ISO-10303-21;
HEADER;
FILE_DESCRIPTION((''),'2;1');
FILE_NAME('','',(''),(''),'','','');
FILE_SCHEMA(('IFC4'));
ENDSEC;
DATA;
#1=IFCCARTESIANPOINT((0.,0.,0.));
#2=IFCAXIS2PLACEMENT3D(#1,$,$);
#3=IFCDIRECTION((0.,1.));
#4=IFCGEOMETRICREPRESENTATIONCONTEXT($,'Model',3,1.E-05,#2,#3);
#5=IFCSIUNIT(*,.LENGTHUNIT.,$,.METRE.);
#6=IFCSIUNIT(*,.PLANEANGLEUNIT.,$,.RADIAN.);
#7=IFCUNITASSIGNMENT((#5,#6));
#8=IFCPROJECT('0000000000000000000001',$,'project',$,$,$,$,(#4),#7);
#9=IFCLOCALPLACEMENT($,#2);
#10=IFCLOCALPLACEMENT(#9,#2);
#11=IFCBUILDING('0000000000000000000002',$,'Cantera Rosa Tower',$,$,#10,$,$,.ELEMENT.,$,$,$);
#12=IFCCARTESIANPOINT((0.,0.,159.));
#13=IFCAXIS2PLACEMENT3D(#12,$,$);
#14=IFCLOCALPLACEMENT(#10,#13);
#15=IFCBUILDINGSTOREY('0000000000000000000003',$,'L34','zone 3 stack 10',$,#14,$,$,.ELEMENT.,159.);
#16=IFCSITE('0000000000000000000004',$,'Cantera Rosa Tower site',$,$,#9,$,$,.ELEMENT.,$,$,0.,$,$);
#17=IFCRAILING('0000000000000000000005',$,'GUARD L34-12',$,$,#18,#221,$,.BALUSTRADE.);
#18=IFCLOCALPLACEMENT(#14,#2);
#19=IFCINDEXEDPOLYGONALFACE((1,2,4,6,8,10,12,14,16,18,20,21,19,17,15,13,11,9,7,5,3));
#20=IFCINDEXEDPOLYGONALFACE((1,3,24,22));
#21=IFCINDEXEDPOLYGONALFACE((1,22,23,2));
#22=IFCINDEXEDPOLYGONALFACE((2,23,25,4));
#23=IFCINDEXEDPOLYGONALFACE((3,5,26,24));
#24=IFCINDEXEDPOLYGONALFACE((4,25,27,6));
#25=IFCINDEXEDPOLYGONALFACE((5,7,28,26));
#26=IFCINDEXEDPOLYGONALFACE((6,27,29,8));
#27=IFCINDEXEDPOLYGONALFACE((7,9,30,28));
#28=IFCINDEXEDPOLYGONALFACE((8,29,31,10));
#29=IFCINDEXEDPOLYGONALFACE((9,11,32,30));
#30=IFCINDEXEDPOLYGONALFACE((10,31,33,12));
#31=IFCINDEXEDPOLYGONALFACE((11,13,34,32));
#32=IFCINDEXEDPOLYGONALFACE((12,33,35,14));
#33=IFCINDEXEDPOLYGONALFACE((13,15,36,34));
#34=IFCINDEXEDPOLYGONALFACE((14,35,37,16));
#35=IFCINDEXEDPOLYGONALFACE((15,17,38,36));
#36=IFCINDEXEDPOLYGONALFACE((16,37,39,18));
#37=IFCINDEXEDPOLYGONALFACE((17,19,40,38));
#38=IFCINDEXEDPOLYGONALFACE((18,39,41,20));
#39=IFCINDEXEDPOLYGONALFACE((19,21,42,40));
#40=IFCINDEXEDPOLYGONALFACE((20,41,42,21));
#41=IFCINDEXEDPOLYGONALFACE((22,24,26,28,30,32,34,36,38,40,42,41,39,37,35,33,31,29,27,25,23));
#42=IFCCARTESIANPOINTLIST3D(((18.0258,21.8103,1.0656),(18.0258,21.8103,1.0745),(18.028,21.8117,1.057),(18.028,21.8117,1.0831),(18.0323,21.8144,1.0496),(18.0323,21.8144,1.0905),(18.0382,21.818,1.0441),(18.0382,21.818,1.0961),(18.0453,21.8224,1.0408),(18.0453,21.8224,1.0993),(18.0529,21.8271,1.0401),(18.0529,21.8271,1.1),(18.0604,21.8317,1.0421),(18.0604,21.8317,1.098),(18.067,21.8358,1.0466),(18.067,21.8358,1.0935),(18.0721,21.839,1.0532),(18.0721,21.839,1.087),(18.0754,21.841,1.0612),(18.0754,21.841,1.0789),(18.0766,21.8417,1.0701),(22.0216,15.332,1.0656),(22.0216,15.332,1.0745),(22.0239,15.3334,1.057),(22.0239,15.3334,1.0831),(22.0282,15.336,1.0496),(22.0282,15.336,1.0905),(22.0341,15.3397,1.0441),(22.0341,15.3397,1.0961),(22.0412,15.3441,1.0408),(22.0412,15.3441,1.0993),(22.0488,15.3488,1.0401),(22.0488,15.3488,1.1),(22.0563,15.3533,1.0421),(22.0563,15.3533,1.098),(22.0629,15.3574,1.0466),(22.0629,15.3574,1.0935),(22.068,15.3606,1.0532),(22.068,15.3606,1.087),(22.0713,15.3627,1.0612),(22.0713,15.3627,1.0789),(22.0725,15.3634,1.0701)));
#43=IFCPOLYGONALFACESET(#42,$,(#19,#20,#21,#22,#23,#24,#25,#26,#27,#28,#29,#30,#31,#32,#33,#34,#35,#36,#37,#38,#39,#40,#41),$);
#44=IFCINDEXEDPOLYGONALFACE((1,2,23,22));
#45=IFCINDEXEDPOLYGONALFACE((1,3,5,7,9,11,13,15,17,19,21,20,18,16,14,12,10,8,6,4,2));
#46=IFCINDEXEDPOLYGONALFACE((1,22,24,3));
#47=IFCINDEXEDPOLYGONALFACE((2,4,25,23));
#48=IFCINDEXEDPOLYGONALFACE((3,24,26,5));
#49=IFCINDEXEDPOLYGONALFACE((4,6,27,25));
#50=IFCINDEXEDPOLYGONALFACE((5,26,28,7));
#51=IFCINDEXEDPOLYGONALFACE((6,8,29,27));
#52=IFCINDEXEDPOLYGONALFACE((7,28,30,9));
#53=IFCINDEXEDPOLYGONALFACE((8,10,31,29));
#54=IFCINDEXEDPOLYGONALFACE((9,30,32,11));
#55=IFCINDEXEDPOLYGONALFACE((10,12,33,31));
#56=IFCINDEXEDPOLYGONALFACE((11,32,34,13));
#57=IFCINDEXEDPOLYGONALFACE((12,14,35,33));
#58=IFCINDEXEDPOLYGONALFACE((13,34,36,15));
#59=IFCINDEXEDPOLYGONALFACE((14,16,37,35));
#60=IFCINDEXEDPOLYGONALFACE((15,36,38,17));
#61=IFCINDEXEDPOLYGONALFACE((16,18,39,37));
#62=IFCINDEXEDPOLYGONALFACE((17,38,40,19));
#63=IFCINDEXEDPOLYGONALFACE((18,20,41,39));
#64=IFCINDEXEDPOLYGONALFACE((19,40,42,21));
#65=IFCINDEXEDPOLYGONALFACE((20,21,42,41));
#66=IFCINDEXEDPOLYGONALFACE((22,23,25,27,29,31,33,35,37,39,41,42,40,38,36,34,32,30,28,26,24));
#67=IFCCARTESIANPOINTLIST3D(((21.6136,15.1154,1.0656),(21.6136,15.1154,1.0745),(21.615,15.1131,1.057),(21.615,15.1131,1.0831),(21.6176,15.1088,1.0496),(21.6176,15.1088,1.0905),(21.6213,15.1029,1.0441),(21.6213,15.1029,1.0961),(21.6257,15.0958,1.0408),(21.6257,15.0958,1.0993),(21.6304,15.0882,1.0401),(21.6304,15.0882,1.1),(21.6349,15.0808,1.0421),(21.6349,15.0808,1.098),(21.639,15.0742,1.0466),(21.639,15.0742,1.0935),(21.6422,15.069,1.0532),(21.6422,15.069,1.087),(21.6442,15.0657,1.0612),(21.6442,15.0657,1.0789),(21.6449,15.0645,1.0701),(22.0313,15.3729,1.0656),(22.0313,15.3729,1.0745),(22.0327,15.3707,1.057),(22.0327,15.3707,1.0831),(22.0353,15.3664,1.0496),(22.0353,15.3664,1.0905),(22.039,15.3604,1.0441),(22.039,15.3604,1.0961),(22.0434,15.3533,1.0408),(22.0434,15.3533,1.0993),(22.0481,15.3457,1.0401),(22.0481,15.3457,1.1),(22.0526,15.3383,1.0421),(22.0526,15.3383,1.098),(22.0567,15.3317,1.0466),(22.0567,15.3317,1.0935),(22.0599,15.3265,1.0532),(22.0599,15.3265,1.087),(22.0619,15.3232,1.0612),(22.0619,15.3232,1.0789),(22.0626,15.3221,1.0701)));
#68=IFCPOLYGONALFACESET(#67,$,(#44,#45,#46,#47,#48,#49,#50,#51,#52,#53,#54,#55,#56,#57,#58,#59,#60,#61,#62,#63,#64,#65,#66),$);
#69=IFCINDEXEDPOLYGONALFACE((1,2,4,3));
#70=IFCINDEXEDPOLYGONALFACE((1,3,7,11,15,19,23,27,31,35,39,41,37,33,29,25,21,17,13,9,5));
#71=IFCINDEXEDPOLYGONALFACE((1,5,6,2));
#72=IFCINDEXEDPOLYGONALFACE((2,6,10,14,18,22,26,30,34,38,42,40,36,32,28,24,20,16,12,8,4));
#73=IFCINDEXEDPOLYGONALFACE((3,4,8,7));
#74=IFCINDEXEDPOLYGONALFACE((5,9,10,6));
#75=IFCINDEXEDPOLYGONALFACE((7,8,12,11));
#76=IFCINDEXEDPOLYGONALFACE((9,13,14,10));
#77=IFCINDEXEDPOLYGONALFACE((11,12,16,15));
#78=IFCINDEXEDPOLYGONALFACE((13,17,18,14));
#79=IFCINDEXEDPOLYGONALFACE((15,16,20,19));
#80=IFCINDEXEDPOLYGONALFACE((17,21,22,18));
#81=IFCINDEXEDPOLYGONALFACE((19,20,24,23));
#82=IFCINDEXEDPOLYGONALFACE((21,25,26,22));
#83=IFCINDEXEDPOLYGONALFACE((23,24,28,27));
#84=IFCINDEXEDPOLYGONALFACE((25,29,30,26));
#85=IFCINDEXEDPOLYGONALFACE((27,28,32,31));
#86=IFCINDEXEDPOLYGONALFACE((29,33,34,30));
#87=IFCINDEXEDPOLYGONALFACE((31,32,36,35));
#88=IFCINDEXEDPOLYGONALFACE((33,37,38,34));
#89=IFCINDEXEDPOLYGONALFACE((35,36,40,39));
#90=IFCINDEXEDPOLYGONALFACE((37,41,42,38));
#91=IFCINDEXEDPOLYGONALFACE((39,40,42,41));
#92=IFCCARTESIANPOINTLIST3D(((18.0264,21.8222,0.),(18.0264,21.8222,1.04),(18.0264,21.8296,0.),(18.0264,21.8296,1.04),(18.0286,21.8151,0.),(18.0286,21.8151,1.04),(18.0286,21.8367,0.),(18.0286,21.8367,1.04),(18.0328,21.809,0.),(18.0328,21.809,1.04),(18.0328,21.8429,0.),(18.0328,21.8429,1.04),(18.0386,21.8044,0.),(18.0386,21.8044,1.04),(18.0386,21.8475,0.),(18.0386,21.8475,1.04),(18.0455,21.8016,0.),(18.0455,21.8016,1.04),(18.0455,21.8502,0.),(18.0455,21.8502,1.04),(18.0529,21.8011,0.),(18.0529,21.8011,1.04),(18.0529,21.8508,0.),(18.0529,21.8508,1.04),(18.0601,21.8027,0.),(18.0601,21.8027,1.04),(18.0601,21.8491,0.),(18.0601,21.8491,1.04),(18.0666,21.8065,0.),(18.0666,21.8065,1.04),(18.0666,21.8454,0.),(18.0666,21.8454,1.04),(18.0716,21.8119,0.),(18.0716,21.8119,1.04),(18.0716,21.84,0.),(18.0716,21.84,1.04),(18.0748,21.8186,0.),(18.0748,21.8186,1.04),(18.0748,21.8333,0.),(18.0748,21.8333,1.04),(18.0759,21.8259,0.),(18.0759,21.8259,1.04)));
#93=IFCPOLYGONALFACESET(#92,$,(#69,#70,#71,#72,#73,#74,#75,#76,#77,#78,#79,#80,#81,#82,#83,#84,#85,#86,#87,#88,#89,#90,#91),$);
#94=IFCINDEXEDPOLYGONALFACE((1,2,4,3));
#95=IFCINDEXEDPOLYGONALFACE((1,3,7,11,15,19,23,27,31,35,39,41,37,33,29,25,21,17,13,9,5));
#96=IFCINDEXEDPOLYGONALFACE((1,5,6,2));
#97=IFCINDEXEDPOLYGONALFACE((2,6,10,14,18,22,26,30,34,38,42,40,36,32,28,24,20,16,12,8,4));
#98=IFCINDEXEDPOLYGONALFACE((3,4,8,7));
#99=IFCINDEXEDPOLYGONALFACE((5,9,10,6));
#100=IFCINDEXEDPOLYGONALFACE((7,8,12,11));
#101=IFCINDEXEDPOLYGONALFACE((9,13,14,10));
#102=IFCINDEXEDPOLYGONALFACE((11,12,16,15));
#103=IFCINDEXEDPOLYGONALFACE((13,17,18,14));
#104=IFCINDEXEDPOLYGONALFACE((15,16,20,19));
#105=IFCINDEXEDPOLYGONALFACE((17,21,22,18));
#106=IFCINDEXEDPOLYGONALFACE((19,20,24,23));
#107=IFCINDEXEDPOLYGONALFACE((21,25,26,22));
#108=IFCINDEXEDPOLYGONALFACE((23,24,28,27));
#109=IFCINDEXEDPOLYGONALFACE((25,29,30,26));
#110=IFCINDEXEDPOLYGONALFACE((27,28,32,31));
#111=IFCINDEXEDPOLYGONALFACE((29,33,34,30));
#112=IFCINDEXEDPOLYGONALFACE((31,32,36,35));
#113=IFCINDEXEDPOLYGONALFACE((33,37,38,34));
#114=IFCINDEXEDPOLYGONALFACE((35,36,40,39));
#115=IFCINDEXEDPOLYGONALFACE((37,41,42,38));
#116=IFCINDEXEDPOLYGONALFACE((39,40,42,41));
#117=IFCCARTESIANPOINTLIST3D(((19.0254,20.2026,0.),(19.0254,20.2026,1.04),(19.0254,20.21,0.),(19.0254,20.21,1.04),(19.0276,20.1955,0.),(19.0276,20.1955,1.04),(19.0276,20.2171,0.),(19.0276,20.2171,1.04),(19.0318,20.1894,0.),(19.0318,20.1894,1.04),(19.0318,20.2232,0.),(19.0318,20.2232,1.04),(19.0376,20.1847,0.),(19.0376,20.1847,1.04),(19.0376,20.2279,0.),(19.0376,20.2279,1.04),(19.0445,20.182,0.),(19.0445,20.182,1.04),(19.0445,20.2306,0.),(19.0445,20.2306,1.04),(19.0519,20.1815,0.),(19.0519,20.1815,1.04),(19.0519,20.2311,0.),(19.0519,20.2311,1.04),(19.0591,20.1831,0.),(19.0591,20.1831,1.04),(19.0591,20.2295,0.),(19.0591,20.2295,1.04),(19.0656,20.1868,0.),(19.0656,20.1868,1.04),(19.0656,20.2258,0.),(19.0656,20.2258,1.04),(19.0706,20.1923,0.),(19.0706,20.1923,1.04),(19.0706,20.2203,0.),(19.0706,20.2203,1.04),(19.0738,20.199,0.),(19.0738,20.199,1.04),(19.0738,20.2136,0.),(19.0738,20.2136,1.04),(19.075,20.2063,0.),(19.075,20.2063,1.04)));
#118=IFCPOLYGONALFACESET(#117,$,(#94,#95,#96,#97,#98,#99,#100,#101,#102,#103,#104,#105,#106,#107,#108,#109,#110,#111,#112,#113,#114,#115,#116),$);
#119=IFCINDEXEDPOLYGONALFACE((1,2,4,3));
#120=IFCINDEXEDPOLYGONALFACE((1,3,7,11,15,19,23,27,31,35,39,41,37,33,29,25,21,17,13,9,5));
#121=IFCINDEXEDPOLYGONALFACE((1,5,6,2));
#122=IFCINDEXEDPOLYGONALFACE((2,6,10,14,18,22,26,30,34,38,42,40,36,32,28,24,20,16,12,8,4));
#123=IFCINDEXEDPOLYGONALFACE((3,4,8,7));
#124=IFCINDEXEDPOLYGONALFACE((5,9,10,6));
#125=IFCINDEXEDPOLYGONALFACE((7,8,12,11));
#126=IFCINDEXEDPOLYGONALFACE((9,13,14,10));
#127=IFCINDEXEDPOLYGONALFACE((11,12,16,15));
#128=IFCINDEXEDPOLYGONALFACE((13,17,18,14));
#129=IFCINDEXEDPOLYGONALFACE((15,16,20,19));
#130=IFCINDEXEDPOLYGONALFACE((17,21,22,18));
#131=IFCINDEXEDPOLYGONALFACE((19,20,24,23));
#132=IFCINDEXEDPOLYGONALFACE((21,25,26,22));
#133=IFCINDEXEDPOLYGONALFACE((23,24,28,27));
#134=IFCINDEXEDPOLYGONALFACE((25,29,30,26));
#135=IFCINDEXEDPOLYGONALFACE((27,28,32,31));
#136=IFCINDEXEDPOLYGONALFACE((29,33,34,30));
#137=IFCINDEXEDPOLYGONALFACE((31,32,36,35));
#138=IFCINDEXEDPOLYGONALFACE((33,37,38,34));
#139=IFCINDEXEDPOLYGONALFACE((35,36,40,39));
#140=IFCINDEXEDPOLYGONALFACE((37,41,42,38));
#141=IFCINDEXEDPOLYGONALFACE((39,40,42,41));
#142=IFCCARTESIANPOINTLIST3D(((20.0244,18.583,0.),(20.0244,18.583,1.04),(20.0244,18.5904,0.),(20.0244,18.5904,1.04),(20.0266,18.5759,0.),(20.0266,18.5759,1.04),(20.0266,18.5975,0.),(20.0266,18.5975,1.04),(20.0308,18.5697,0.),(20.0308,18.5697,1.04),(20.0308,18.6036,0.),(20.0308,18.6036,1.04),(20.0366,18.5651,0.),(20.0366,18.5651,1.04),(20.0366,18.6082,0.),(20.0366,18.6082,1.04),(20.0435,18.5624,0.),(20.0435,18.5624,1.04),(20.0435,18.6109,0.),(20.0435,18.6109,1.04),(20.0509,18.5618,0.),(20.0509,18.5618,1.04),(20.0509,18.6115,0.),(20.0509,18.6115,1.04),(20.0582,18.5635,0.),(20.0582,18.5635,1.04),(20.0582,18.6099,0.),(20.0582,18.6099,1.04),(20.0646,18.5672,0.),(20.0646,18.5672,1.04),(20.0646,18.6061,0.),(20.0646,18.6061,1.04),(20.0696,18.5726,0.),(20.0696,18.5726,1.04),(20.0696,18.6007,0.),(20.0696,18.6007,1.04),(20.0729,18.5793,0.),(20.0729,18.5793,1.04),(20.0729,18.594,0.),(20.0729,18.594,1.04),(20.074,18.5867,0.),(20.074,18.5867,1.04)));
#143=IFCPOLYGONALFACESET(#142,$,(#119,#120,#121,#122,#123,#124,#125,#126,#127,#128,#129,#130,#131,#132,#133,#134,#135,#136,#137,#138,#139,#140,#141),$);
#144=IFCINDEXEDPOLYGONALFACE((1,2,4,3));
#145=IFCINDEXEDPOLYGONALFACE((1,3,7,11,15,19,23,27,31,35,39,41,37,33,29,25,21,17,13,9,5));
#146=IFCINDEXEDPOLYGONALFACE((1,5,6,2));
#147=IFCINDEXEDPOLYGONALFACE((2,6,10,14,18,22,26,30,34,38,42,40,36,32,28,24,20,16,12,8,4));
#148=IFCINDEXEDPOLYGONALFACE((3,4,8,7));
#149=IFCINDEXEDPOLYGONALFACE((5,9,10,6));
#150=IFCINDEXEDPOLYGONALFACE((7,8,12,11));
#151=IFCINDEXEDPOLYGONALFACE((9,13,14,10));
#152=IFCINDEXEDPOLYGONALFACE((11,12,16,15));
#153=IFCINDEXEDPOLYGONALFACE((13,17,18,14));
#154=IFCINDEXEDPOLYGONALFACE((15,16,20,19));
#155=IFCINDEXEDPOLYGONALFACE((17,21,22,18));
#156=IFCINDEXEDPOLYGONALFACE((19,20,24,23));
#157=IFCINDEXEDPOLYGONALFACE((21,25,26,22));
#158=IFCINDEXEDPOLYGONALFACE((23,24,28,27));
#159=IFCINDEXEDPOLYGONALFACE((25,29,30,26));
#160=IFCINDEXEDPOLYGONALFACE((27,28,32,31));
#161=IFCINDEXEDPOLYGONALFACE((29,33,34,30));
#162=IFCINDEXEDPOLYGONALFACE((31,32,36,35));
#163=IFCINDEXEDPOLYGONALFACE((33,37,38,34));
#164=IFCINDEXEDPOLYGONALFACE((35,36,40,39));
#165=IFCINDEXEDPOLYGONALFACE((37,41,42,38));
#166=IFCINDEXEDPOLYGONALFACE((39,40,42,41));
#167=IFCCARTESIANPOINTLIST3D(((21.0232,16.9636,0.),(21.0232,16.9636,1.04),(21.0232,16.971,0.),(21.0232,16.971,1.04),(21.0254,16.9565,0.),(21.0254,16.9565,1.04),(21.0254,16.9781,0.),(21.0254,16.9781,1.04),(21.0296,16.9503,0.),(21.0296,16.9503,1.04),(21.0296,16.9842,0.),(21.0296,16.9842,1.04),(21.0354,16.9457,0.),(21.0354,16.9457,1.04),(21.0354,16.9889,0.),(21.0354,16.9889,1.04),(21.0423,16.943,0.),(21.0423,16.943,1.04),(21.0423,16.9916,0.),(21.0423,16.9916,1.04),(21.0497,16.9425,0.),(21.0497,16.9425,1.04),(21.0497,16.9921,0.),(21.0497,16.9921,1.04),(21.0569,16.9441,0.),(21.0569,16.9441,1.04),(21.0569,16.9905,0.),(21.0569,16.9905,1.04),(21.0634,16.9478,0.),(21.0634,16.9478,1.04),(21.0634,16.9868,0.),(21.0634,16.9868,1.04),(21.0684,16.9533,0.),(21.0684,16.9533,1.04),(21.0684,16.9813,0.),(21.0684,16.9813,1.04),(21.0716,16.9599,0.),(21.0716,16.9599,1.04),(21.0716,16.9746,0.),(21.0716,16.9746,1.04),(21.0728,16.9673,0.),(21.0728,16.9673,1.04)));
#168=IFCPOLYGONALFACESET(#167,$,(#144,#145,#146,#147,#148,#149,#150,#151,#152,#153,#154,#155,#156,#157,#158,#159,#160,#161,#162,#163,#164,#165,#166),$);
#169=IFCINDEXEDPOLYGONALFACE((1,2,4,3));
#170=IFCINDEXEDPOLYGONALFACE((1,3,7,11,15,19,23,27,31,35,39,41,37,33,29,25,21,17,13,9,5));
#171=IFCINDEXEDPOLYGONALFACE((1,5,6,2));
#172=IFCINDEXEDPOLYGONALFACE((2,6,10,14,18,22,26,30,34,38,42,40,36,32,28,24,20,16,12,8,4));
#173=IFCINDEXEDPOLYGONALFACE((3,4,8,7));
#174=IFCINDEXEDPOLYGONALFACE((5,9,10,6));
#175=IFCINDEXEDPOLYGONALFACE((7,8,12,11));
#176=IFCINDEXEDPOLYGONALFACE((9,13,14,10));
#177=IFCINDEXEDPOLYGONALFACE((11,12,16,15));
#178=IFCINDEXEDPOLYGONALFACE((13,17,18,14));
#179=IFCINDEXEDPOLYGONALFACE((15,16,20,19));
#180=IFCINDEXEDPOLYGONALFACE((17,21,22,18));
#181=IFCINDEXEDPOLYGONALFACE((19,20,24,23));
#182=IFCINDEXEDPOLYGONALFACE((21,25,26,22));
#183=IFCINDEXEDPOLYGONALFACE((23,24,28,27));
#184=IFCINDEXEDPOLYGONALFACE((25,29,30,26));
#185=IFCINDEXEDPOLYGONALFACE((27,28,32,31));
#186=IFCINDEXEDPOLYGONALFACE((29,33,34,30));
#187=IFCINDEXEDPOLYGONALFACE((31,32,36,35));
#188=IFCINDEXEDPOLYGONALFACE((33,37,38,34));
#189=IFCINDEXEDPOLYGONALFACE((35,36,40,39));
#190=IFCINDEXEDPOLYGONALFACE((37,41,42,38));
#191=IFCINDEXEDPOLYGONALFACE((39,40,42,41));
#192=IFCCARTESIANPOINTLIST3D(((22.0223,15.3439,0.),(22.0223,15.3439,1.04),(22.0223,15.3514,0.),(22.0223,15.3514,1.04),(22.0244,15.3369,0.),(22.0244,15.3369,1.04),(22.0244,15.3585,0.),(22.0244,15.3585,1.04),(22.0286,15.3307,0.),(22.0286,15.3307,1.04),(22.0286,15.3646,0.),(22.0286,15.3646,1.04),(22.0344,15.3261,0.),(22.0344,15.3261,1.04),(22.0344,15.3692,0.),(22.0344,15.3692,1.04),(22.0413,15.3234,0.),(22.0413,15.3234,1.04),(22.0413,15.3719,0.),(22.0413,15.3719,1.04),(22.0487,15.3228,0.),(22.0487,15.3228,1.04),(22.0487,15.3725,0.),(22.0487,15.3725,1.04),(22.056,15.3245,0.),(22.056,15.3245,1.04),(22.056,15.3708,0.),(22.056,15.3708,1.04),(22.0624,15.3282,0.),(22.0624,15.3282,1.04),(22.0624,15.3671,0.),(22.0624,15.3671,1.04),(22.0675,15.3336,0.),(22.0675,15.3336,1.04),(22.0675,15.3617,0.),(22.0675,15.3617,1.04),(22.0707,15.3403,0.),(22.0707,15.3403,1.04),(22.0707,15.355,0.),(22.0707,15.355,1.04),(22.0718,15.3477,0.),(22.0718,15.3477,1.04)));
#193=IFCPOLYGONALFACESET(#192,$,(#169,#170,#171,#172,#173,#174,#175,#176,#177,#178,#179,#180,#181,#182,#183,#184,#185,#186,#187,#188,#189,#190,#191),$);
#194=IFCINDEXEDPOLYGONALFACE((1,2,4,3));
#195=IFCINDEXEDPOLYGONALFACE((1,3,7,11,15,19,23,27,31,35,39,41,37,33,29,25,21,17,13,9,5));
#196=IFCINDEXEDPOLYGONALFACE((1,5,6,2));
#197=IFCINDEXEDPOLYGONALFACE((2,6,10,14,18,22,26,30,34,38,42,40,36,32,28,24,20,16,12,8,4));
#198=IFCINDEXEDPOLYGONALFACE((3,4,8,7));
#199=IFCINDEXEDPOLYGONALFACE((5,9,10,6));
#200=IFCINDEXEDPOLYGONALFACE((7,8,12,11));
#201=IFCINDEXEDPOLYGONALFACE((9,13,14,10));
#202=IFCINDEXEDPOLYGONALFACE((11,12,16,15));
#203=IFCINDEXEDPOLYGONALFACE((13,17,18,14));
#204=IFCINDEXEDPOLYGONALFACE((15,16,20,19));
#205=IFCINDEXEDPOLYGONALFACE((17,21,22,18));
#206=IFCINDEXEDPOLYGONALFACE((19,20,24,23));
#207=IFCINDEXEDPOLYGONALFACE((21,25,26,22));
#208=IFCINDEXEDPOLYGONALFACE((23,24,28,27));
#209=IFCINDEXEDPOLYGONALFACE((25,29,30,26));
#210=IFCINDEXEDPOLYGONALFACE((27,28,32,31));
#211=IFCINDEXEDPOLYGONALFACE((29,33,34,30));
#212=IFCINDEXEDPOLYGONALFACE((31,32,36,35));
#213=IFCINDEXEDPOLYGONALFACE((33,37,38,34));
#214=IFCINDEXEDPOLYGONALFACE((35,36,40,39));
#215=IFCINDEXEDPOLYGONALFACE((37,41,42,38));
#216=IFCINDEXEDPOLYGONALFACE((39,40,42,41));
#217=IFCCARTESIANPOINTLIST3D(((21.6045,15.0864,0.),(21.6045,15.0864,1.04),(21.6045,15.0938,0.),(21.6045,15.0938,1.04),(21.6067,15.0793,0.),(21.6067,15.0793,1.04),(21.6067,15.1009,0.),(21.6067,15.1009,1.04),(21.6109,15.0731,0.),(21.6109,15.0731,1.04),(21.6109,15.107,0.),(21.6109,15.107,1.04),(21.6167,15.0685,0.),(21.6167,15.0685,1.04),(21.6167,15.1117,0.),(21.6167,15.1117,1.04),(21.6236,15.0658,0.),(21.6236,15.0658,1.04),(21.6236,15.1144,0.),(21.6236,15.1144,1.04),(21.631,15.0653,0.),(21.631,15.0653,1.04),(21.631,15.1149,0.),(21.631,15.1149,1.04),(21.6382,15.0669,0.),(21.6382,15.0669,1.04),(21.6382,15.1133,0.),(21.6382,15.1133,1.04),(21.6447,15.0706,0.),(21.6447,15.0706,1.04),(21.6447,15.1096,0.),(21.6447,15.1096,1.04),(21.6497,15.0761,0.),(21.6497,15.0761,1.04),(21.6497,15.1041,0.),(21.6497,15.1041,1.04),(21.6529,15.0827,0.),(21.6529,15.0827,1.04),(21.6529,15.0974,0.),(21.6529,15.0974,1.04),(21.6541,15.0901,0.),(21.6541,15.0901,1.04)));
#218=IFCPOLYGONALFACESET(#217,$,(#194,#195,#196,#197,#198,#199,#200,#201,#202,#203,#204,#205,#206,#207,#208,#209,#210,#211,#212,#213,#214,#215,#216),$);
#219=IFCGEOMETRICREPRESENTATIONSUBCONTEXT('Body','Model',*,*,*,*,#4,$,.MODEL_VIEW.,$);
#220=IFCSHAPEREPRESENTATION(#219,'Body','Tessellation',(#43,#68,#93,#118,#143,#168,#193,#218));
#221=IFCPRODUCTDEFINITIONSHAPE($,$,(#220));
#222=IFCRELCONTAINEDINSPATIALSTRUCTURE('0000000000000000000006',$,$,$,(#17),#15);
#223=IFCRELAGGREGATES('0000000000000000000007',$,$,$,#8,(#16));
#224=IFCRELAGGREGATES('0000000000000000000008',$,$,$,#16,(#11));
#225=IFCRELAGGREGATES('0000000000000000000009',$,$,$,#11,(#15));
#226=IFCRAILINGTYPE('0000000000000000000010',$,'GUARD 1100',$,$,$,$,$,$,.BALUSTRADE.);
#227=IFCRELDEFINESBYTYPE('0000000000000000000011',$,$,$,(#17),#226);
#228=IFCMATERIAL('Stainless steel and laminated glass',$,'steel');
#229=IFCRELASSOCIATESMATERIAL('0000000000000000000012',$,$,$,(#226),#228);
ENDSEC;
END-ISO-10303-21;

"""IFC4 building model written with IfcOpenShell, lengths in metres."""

from ifc_helpers import new_model, si_unit, direction, frame, origin, origin_2d, place, context, subcontext, project, spatial, circle, extrude, material, type_object, element, save


model = new_model("IFC4")

# Units and contexts
model_context = context("Model", 3, precision=1e-05, world=origin(), true_north=direction((0.0, 1.0)))
body_context = subcontext(model_context, "Body", "Model", "MODEL_VIEW")
ifc_project = project(units=[si_unit("LENGTHUNIT", "METRE"), si_unit("PLANEANGLEUNIT", "RADIAN")], contexts=[model_context])

# Site, building, storey
site_placement = place(None, origin())
site = spatial("IfcSite", under=ifc_project, at=site_placement, Name="Cantera Rosa Tower site", CompositionType="ELEMENT", RefElevation=0.0)
building_placement = place(site_placement, origin())
building = spatial("IfcBuilding", under=site, at=building_placement, Name="Cantera Rosa Tower", CompositionType="ELEMENT")
storey_placement = place(building_placement, frame((0.0, 0.0, 159.0)))
storey = spatial("IfcBuildingStorey", under=building, at=storey_placement, Name="L34", Description="zone 3 stack 10", CompositionType="ELEMENT", Elevation=159.0)

# Railing
ifc_material_1 = material(Name="Stainless steel and laminated glass", Category="steel")
railing_type = type_object("IfcRailingType", Name="GUARD 1100", PredefinedType="BALUSTRADE", material=ifc_material_1)
railing_1_placement = place(storey_placement, frame((18.051, 21.8259, 0.0)))
element("IfcRailing", 1, at=railing_1_placement, inside=storey, type_object=railing_type, Name="GUARD L34-12", PredefinedType="BALUSTRADE", context=body_context, shape_type="SweptSolid", body=[
    extrude(circle(Radius=0.03, at=origin_2d()), frame((0.0, 0.0, 1.0701), z_axis=(0.524976, -0.851117, 0.0), x_axis=(0.851117, 0.524976, 0.0)), (0.0, 0.0, 1.0), 7.6116),
    extrude(circle(Radius=0.03, at=origin_2d()), frame((3.9958, -6.4783, 1.0701), z_axis=(-0.851197, -0.524847, 0.0), x_axis=(0.524847, -0.851197, 0.0)), (0.0, 0.0, 1.0), 0.4907),
    extrude(circle(Radius=0.0249, at=origin_2d()), origin(), (0.0, 0.0, 1.0), 1.04),
    extrude(circle(Radius=0.0249, at=origin_2d()), frame((0.999, -1.6196, 0.0)), (0.0, 0.0, 1.0), 1.04),
    extrude(circle(Radius=0.0249, at=origin_2d()), frame((1.998, -3.2393, 0.0)), (0.0, 0.0, 1.0), 1.04),
    extrude(circle(Radius=0.0249, at=origin_2d()), frame((2.9968, -4.8586, 0.0)), (0.0, 0.0, 1.0), 1.04),
    extrude(circle(Radius=0.0249, at=origin_2d()), frame((3.9958, -6.4783, 0.0)), (0.0, 0.0, 1.0), 1.04),
    extrude(circle(Radius=0.0249, at=origin_2d()), frame((3.5781, -6.7358, 0.0)), (0.0, 0.0, 1.0), 1.04),
])

save(model, "model.ifc")
